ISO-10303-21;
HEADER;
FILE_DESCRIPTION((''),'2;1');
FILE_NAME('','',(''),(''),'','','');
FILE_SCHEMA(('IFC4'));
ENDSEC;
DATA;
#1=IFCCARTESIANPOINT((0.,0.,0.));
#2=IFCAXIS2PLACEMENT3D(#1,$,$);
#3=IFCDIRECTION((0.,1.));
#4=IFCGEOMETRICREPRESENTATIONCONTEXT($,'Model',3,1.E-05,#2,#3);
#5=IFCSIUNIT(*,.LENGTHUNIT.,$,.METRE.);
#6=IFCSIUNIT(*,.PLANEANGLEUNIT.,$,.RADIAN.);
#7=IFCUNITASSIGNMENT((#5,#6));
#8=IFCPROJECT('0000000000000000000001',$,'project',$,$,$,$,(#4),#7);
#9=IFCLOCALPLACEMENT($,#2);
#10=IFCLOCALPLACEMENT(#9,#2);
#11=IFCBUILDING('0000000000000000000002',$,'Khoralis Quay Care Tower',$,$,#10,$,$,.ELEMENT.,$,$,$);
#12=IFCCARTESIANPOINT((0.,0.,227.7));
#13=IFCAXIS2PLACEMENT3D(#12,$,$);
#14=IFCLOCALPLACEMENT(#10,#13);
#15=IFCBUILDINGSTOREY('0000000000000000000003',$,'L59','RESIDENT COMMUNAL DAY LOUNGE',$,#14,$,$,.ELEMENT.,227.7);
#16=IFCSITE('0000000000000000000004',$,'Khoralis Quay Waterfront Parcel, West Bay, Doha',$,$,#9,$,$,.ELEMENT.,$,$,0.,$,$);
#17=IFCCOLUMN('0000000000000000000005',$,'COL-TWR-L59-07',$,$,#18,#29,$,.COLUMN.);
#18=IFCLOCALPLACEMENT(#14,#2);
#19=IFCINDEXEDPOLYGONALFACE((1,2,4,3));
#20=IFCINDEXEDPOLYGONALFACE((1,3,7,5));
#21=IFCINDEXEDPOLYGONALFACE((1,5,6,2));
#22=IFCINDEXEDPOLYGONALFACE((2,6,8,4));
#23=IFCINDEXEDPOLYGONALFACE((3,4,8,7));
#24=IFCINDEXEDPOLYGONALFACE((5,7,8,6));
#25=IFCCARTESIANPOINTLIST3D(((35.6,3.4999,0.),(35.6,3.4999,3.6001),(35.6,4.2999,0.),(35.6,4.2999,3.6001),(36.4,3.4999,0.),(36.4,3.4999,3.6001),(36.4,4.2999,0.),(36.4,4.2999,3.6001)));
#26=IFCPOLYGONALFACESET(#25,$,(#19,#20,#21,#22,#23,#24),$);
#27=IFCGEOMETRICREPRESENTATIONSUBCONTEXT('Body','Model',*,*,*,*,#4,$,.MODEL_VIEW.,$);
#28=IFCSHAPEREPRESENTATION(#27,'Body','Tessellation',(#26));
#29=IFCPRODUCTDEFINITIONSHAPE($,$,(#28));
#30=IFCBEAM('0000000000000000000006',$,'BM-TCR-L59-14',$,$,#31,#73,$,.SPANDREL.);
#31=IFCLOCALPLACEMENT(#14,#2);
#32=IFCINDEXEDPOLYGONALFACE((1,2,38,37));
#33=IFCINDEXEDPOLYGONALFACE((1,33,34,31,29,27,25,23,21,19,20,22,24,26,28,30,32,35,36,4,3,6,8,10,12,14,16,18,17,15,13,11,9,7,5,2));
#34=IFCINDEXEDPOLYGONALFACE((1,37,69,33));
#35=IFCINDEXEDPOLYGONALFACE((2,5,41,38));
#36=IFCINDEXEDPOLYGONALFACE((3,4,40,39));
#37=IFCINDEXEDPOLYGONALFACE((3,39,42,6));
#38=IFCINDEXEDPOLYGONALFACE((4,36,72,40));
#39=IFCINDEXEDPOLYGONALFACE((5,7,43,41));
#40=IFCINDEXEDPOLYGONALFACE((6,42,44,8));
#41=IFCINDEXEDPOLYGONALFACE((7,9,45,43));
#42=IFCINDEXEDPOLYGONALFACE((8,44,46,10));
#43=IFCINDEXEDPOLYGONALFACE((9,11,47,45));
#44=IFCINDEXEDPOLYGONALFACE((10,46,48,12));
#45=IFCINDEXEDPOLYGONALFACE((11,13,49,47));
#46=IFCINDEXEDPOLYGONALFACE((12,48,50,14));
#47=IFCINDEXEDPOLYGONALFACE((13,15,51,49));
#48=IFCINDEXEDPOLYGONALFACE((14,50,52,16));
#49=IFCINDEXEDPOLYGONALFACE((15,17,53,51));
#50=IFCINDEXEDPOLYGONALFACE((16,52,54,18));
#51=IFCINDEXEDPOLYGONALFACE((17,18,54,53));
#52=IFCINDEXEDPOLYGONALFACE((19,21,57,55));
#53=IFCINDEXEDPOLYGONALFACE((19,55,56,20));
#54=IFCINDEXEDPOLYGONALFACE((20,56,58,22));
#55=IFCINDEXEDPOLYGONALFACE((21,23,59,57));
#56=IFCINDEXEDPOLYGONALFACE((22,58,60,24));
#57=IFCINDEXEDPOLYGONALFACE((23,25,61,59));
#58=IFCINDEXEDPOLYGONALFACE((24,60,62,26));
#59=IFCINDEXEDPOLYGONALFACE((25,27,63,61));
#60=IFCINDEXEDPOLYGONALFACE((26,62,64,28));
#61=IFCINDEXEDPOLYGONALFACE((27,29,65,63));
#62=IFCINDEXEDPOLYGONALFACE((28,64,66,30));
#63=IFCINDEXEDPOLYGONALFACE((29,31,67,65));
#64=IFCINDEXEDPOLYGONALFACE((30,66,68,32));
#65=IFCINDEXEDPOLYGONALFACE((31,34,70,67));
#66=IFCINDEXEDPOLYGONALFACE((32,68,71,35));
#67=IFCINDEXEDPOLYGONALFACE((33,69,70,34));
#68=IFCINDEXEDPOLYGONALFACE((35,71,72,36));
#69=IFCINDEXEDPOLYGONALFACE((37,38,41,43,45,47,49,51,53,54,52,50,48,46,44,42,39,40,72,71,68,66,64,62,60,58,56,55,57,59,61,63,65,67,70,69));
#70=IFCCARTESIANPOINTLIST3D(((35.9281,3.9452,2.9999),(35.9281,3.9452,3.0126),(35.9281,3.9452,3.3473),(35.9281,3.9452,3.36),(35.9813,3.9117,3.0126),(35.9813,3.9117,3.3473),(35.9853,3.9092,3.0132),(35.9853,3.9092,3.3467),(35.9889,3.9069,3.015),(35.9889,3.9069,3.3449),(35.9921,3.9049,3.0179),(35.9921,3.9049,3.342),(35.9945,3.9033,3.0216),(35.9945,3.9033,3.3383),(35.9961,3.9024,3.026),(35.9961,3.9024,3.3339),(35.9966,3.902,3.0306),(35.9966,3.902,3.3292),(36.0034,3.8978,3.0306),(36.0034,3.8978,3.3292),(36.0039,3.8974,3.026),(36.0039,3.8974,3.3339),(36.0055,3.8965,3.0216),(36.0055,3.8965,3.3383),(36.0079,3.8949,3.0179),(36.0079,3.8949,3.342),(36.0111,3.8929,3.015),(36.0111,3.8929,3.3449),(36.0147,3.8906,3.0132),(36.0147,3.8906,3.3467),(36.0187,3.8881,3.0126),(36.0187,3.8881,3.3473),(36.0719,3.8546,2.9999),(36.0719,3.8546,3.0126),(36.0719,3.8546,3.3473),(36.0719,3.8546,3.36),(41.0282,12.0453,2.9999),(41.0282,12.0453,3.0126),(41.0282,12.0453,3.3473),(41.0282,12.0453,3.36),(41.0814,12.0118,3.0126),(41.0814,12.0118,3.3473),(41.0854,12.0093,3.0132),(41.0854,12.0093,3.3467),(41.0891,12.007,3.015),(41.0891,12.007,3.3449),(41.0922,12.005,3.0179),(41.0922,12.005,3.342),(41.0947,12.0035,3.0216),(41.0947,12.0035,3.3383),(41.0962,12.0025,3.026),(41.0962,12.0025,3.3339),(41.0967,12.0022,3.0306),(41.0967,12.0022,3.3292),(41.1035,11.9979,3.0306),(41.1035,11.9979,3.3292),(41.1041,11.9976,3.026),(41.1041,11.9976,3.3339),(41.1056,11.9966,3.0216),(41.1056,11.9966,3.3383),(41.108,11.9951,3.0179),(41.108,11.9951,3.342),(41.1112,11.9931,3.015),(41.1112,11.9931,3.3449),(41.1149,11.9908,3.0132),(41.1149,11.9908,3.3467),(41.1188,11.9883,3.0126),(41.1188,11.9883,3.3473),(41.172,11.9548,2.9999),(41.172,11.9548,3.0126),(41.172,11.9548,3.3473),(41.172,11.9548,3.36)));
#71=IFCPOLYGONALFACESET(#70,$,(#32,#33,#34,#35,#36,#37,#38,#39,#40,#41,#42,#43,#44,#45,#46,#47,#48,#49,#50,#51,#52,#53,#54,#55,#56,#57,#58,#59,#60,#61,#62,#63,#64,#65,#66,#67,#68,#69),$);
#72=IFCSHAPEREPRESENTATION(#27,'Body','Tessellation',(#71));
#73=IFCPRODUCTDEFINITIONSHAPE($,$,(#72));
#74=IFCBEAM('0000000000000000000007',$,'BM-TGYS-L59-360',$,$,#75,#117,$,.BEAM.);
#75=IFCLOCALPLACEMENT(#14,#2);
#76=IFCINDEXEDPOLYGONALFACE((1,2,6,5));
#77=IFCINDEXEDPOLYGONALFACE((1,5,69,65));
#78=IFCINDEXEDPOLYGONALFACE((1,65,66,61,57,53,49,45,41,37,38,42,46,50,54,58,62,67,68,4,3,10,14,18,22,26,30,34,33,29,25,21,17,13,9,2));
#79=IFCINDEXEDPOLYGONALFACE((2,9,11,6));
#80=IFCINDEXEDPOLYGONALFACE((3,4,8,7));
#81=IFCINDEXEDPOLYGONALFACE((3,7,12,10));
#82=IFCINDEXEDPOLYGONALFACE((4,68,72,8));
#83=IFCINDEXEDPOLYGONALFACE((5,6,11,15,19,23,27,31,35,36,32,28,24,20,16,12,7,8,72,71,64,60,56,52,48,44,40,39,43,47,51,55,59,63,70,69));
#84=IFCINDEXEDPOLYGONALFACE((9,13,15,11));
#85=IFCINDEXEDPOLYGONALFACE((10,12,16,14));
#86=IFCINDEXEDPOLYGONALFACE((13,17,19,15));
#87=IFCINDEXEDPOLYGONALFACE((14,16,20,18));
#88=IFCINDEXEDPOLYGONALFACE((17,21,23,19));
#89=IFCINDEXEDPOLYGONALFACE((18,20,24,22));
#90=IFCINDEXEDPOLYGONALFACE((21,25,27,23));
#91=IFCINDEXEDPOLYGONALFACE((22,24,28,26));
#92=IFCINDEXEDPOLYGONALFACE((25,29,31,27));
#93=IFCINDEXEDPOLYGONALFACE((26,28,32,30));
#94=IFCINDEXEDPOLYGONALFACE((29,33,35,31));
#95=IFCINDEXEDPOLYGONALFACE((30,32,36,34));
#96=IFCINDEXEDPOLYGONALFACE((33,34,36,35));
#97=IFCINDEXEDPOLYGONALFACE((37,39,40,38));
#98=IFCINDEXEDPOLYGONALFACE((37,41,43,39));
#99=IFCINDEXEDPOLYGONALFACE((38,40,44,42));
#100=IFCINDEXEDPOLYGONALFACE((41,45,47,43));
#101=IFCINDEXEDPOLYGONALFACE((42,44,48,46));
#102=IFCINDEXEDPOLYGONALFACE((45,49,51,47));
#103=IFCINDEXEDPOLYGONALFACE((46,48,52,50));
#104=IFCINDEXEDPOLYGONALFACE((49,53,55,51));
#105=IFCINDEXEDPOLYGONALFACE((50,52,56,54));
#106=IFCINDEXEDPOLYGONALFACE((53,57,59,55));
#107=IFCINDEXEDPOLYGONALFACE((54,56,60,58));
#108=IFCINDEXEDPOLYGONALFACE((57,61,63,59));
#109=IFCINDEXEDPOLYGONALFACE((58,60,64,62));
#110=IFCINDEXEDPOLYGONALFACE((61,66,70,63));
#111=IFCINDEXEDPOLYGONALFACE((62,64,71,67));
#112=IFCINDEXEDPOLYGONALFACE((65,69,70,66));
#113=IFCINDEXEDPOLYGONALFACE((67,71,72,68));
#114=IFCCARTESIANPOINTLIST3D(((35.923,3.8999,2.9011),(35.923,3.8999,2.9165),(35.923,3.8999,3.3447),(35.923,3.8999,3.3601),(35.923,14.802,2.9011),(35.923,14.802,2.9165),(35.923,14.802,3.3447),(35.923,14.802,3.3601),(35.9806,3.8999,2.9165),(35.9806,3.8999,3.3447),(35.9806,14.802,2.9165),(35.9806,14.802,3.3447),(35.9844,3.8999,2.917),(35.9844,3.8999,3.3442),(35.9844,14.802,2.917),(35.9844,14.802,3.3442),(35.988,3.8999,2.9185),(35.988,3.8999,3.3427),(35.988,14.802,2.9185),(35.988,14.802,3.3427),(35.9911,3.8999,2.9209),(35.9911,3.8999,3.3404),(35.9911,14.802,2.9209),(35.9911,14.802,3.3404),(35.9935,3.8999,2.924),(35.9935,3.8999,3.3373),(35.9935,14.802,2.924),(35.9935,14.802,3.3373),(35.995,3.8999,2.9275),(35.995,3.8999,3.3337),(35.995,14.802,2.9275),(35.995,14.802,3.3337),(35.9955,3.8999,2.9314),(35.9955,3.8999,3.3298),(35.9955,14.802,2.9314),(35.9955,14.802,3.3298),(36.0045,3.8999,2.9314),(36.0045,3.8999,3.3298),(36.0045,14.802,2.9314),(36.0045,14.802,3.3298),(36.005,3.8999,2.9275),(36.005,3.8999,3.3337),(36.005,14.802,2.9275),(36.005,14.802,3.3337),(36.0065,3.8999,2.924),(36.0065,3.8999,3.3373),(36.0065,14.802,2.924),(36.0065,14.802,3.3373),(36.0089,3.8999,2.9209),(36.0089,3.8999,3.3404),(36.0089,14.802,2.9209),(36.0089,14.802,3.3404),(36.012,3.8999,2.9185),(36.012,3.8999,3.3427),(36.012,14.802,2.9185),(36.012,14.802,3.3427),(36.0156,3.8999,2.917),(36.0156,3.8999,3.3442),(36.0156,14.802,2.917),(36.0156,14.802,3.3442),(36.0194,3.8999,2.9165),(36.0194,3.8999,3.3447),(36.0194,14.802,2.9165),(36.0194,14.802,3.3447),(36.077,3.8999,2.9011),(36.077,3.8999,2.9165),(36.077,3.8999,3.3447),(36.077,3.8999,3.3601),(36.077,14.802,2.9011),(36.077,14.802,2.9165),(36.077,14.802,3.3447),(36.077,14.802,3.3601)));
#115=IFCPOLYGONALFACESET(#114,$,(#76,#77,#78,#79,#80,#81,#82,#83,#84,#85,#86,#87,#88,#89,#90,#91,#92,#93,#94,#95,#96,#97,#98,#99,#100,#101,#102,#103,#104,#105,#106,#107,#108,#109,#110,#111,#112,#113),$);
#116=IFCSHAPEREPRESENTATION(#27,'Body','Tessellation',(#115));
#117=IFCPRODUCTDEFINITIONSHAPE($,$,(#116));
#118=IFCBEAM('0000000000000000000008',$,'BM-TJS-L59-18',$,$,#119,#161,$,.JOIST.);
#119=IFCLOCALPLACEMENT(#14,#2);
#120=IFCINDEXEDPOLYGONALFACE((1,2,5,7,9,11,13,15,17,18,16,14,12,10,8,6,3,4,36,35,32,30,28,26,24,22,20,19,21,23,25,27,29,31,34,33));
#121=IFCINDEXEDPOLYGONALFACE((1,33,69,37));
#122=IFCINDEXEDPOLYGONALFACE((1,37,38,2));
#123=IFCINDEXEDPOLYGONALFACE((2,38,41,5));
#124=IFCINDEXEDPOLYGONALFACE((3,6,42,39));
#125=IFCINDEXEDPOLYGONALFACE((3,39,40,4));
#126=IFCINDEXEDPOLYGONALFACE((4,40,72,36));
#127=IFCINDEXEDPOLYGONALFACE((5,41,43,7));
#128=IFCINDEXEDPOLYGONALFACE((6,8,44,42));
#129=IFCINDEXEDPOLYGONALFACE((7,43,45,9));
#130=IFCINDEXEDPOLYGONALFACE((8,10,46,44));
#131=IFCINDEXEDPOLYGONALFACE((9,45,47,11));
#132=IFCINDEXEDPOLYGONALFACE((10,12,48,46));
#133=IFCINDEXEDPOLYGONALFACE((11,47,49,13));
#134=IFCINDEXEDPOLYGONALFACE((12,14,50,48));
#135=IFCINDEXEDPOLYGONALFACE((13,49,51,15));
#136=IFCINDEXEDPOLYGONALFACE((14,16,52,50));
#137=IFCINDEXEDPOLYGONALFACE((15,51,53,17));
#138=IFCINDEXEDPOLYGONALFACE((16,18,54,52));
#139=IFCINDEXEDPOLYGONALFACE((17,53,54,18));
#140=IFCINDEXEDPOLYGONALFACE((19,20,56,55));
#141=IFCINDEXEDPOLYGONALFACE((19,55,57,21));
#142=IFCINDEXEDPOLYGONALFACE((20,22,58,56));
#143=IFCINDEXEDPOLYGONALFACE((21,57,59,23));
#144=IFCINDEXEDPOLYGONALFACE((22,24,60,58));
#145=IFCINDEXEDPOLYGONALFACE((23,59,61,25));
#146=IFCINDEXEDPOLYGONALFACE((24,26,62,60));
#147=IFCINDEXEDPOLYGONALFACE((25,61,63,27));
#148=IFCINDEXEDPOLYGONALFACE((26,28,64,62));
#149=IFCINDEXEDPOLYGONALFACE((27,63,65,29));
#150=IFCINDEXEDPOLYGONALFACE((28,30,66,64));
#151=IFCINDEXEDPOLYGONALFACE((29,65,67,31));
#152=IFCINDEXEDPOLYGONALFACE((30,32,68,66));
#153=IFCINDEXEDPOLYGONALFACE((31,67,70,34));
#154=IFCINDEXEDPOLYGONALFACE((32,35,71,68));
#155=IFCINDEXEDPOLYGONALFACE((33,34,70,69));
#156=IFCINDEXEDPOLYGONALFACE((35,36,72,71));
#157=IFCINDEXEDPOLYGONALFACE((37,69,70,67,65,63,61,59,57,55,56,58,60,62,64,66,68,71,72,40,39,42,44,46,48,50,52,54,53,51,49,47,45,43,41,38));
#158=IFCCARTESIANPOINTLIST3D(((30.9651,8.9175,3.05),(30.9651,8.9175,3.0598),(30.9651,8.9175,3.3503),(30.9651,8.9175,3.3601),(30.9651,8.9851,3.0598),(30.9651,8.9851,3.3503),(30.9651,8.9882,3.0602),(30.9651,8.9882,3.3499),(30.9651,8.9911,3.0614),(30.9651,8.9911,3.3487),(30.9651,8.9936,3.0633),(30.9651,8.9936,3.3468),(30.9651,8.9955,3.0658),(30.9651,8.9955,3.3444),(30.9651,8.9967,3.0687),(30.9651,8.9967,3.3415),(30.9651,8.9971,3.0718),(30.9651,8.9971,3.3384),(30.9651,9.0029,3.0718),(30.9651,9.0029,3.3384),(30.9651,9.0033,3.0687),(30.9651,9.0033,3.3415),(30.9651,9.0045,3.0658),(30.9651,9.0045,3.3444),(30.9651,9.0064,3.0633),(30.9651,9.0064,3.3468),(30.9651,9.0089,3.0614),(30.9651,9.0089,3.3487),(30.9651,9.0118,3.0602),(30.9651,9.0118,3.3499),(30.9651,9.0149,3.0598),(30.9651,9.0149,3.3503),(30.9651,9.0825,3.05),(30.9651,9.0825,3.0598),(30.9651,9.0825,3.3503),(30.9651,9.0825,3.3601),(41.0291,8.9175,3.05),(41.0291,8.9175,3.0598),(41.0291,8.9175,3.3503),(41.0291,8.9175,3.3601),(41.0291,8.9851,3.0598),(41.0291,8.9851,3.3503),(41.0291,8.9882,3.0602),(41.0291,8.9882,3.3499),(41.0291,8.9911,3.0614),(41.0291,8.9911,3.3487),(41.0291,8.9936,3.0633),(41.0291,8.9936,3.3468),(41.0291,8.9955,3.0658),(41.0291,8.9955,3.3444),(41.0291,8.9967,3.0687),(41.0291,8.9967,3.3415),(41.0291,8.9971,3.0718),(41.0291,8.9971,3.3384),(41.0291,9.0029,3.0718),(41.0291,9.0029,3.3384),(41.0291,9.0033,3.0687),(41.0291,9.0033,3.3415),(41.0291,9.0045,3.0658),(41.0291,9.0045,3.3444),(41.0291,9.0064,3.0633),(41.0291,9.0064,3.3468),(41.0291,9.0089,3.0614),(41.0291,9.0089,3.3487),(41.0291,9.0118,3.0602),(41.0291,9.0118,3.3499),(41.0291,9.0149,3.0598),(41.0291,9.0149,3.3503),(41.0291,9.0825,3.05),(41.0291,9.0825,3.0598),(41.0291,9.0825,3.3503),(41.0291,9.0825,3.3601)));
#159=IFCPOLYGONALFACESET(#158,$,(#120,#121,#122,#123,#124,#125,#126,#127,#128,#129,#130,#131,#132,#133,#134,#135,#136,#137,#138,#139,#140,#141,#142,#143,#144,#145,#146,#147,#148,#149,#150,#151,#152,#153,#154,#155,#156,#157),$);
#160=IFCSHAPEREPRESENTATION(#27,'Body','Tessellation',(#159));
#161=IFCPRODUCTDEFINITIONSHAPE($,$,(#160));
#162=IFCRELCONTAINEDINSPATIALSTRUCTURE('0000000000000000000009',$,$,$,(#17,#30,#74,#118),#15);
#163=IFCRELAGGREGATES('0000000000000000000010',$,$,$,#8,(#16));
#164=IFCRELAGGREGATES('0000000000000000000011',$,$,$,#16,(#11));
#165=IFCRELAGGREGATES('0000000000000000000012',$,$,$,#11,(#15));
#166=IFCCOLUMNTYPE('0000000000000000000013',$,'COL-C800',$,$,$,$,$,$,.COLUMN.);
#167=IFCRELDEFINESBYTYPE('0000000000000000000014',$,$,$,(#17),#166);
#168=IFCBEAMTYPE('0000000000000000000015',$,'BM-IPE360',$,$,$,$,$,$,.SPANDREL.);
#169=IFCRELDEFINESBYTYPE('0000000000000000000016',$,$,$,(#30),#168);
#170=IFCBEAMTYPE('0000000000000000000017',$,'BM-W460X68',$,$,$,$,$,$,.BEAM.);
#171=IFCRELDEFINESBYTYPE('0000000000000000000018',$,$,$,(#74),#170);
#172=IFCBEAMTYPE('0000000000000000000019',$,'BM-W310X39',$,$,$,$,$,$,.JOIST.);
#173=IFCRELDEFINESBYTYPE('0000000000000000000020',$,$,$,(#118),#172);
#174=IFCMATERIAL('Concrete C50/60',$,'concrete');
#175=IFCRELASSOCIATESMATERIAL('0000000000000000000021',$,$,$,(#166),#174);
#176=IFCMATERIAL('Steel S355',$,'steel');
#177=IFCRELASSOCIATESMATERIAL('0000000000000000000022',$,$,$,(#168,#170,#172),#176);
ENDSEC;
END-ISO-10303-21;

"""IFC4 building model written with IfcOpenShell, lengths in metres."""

from ifc_helpers import new_model, si_unit, direction, frame, origin, origin_2d, place, context, subcontext, project, spatial, rectangle, i_section, extrude, source, transform, mapped, material, material_profile, profile_set, type_object, element, save


model = new_model("IFC4")

# Units and contexts
model_context = context("Model", 3, precision=1e-05, world=origin(), true_north=direction((0.0, 1.0)))
body_context = subcontext(model_context, "Body", "Model", "MODEL_VIEW")
ifc_project = project(units=[si_unit("LENGTHUNIT", "METRE"), si_unit("PLANEANGLEUNIT", "RADIAN")], contexts=[model_context])

# Site, building, storey
site_placement = place(None, origin())
site = spatial("IfcSite", under=ifc_project, at=site_placement, Name="Khoralis Quay Waterfront Parcel, West Bay, Doha", CompositionType="ELEMENT", RefElevation=0.0)
building_placement = place(site_placement, origin())
building = spatial("IfcBuilding", under=site, at=building_placement, Name="Khoralis Quay Care Tower", CompositionType="ELEMENT")
storey_placement = place(building_placement, frame((0.0, 0.0, 227.7)))
storey = spatial("IfcBuildingStorey", under=building, at=storey_placement, Name="L59", Description="RESIDENT COMMUNAL DAY LOUNGE", CompositionType="ELEMENT", Elevation=227.7)

# Column
ifc_material_1 = material(Name="Concrete C50/60", Category="concrete")
ifc_material_profile_1 = material_profile(ifc_material_1, rectangle(XDim=0.8, YDim=0.8, at=origin_2d()), Name="Concrete C50/60")
ifc_profile_set_1 = profile_set([ifc_material_profile_1], Name="Concrete C50/60")
column_type = type_object("IfcColumnType", Name="COL-C800", PredefinedType="COLUMN", material=ifc_profile_set_1)
shared_shape_1 = source(origin(), body_context, "Body", "SweptSolid", [
    extrude(rectangle(XDim=0.8, YDim=0.8, at=origin_2d()), origin(), (0.0, 0.0, 1.0), 3.6001),
])
column_placement = place(storey_placement, frame((36.0, 3.8999, 0.0), z_axis=(0.0, 0.0, 1.0), x_axis=(1.0, 0.0, 0.0)))
element("IfcColumn", 1, at=column_placement, inside=storey, type_object=column_type, Name="COL-TWR-L59-07", PredefinedType="COLUMN", context=body_context, shape_type="MappedRepresentation", body=[
    mapped(shared_shape_1, transform((0.0, 0.0, 0.0), scale=1.0)),
])

# Beams
ifc_material_2 = material(Name="Steel S355", Category="steel")
ifc_material_profile_2 = material_profile(ifc_material_2, i_section(OverallWidth=0.1699, OverallDepth=0.3601, WebThickness=0.0081, FlangeThickness=0.0127, FilletRadius=0.0181, at=origin_2d()), Name="Steel S355")
ifc_profile_set_2 = profile_set([ifc_material_profile_2], Name="Steel S355")
beam_type_1 = type_object("IfcBeamType", Name="BM-IPE360", PredefinedType="SPANDREL", material=ifc_profile_set_2)
shared_shape_2 = source(origin(), body_context, "Body", "SweptSolid", [
    extrude(i_section(OverallWidth=0.1699, OverallDepth=0.3601, WebThickness=0.0081, FlangeThickness=0.0127, FilletRadius=0.0181, at=origin_2d()), origin(), (0.0, 0.0, 1.0), 9.572),
])
beam_1_placement = place(storey_placement, frame((36.0, 3.8999, 3.1799), z_axis=(0.532816, 0.846231, 0.0), x_axis=(-0.846231, 0.532816, 0.0)))
element("IfcBeam", 2, at=beam_1_placement, inside=storey, type_object=beam_type_1, Name="BM-TCR-L59-14", PredefinedType="SPANDREL", context=body_context, shape_type="MappedRepresentation", body=[
    mapped(shared_shape_2, transform((0.0, 0.0, 0.0), scale=1.0)),
])
ifc_material_profile_3 = material_profile(ifc_material_2, i_section(OverallWidth=0.1541, OverallDepth=0.459, WebThickness=0.009, FlangeThickness=0.0154, FilletRadius=0.0149, at=origin_2d()), Name="Steel S355")
ifc_profile_set_3 = profile_set([ifc_material_profile_3], Name="Steel S355")
beam_type_2 = type_object("IfcBeamType", Name="BM-W460X68", PredefinedType="BEAM", material=ifc_profile_set_3)
shared_shape_3 = source(origin(), body_context, "Body", "SweptSolid", [
    extrude(i_section(OverallWidth=0.1541, OverallDepth=0.459, WebThickness=0.009, FlangeThickness=0.0154, FilletRadius=0.0149, at=origin_2d()), origin(), (0.0, 0.0, 1.0), 10.9021),
])
beam_2_placement = place(storey_placement, frame((36.0, 3.8999, 3.1306), z_axis=(0.0, 1.0, 0.0), x_axis=(-1.0, 0.0, 0.0)))
element("IfcBeam", 3, at=beam_2_placement, inside=storey, type_object=beam_type_2, Name="BM-TGYS-L59-360", PredefinedType="BEAM", context=body_context, shape_type="MappedRepresentation", body=[
    mapped(shared_shape_3, transform((0.0, 0.0, 0.0), scale=1.0)),
])
ifc_material_profile_4 = material_profile(ifc_material_2, i_section(OverallWidth=0.165, OverallDepth=0.3101, WebThickness=0.0059, FlangeThickness=0.0098, FilletRadius=0.012, at=origin_2d()), Name="Steel S355")
ifc_profile_set_4 = profile_set([ifc_material_profile_4], Name="Steel S355")
beam_type_3 = type_object("IfcBeamType", Name="BM-W310X39", PredefinedType="JOIST", material=ifc_profile_set_4)
shared_shape_4 = source(origin(), body_context, "Body", "SweptSolid", [
    extrude(i_section(OverallWidth=0.165, OverallDepth=0.3101, WebThickness=0.0059, FlangeThickness=0.0098, FilletRadius=0.012, at=origin_2d()), origin(), (0.0, 0.0, 1.0), 10.064),
])
beam_3_placement = place(storey_placement, frame((30.9651, 9.0, 3.2051), z_axis=(1.0, 0.0, 0.0), x_axis=(0.0, 1.0, 0.0)))
element("IfcBeam", 4, at=beam_3_placement, inside=storey, type_object=beam_type_3, Name="BM-TJS-L59-18", PredefinedType="JOIST", context=body_context, shape_type="MappedRepresentation", body=[
    mapped(shared_shape_4, transform((0.0, 0.0, 0.0), scale=1.0)),
])

save(model, "model.ifc")
